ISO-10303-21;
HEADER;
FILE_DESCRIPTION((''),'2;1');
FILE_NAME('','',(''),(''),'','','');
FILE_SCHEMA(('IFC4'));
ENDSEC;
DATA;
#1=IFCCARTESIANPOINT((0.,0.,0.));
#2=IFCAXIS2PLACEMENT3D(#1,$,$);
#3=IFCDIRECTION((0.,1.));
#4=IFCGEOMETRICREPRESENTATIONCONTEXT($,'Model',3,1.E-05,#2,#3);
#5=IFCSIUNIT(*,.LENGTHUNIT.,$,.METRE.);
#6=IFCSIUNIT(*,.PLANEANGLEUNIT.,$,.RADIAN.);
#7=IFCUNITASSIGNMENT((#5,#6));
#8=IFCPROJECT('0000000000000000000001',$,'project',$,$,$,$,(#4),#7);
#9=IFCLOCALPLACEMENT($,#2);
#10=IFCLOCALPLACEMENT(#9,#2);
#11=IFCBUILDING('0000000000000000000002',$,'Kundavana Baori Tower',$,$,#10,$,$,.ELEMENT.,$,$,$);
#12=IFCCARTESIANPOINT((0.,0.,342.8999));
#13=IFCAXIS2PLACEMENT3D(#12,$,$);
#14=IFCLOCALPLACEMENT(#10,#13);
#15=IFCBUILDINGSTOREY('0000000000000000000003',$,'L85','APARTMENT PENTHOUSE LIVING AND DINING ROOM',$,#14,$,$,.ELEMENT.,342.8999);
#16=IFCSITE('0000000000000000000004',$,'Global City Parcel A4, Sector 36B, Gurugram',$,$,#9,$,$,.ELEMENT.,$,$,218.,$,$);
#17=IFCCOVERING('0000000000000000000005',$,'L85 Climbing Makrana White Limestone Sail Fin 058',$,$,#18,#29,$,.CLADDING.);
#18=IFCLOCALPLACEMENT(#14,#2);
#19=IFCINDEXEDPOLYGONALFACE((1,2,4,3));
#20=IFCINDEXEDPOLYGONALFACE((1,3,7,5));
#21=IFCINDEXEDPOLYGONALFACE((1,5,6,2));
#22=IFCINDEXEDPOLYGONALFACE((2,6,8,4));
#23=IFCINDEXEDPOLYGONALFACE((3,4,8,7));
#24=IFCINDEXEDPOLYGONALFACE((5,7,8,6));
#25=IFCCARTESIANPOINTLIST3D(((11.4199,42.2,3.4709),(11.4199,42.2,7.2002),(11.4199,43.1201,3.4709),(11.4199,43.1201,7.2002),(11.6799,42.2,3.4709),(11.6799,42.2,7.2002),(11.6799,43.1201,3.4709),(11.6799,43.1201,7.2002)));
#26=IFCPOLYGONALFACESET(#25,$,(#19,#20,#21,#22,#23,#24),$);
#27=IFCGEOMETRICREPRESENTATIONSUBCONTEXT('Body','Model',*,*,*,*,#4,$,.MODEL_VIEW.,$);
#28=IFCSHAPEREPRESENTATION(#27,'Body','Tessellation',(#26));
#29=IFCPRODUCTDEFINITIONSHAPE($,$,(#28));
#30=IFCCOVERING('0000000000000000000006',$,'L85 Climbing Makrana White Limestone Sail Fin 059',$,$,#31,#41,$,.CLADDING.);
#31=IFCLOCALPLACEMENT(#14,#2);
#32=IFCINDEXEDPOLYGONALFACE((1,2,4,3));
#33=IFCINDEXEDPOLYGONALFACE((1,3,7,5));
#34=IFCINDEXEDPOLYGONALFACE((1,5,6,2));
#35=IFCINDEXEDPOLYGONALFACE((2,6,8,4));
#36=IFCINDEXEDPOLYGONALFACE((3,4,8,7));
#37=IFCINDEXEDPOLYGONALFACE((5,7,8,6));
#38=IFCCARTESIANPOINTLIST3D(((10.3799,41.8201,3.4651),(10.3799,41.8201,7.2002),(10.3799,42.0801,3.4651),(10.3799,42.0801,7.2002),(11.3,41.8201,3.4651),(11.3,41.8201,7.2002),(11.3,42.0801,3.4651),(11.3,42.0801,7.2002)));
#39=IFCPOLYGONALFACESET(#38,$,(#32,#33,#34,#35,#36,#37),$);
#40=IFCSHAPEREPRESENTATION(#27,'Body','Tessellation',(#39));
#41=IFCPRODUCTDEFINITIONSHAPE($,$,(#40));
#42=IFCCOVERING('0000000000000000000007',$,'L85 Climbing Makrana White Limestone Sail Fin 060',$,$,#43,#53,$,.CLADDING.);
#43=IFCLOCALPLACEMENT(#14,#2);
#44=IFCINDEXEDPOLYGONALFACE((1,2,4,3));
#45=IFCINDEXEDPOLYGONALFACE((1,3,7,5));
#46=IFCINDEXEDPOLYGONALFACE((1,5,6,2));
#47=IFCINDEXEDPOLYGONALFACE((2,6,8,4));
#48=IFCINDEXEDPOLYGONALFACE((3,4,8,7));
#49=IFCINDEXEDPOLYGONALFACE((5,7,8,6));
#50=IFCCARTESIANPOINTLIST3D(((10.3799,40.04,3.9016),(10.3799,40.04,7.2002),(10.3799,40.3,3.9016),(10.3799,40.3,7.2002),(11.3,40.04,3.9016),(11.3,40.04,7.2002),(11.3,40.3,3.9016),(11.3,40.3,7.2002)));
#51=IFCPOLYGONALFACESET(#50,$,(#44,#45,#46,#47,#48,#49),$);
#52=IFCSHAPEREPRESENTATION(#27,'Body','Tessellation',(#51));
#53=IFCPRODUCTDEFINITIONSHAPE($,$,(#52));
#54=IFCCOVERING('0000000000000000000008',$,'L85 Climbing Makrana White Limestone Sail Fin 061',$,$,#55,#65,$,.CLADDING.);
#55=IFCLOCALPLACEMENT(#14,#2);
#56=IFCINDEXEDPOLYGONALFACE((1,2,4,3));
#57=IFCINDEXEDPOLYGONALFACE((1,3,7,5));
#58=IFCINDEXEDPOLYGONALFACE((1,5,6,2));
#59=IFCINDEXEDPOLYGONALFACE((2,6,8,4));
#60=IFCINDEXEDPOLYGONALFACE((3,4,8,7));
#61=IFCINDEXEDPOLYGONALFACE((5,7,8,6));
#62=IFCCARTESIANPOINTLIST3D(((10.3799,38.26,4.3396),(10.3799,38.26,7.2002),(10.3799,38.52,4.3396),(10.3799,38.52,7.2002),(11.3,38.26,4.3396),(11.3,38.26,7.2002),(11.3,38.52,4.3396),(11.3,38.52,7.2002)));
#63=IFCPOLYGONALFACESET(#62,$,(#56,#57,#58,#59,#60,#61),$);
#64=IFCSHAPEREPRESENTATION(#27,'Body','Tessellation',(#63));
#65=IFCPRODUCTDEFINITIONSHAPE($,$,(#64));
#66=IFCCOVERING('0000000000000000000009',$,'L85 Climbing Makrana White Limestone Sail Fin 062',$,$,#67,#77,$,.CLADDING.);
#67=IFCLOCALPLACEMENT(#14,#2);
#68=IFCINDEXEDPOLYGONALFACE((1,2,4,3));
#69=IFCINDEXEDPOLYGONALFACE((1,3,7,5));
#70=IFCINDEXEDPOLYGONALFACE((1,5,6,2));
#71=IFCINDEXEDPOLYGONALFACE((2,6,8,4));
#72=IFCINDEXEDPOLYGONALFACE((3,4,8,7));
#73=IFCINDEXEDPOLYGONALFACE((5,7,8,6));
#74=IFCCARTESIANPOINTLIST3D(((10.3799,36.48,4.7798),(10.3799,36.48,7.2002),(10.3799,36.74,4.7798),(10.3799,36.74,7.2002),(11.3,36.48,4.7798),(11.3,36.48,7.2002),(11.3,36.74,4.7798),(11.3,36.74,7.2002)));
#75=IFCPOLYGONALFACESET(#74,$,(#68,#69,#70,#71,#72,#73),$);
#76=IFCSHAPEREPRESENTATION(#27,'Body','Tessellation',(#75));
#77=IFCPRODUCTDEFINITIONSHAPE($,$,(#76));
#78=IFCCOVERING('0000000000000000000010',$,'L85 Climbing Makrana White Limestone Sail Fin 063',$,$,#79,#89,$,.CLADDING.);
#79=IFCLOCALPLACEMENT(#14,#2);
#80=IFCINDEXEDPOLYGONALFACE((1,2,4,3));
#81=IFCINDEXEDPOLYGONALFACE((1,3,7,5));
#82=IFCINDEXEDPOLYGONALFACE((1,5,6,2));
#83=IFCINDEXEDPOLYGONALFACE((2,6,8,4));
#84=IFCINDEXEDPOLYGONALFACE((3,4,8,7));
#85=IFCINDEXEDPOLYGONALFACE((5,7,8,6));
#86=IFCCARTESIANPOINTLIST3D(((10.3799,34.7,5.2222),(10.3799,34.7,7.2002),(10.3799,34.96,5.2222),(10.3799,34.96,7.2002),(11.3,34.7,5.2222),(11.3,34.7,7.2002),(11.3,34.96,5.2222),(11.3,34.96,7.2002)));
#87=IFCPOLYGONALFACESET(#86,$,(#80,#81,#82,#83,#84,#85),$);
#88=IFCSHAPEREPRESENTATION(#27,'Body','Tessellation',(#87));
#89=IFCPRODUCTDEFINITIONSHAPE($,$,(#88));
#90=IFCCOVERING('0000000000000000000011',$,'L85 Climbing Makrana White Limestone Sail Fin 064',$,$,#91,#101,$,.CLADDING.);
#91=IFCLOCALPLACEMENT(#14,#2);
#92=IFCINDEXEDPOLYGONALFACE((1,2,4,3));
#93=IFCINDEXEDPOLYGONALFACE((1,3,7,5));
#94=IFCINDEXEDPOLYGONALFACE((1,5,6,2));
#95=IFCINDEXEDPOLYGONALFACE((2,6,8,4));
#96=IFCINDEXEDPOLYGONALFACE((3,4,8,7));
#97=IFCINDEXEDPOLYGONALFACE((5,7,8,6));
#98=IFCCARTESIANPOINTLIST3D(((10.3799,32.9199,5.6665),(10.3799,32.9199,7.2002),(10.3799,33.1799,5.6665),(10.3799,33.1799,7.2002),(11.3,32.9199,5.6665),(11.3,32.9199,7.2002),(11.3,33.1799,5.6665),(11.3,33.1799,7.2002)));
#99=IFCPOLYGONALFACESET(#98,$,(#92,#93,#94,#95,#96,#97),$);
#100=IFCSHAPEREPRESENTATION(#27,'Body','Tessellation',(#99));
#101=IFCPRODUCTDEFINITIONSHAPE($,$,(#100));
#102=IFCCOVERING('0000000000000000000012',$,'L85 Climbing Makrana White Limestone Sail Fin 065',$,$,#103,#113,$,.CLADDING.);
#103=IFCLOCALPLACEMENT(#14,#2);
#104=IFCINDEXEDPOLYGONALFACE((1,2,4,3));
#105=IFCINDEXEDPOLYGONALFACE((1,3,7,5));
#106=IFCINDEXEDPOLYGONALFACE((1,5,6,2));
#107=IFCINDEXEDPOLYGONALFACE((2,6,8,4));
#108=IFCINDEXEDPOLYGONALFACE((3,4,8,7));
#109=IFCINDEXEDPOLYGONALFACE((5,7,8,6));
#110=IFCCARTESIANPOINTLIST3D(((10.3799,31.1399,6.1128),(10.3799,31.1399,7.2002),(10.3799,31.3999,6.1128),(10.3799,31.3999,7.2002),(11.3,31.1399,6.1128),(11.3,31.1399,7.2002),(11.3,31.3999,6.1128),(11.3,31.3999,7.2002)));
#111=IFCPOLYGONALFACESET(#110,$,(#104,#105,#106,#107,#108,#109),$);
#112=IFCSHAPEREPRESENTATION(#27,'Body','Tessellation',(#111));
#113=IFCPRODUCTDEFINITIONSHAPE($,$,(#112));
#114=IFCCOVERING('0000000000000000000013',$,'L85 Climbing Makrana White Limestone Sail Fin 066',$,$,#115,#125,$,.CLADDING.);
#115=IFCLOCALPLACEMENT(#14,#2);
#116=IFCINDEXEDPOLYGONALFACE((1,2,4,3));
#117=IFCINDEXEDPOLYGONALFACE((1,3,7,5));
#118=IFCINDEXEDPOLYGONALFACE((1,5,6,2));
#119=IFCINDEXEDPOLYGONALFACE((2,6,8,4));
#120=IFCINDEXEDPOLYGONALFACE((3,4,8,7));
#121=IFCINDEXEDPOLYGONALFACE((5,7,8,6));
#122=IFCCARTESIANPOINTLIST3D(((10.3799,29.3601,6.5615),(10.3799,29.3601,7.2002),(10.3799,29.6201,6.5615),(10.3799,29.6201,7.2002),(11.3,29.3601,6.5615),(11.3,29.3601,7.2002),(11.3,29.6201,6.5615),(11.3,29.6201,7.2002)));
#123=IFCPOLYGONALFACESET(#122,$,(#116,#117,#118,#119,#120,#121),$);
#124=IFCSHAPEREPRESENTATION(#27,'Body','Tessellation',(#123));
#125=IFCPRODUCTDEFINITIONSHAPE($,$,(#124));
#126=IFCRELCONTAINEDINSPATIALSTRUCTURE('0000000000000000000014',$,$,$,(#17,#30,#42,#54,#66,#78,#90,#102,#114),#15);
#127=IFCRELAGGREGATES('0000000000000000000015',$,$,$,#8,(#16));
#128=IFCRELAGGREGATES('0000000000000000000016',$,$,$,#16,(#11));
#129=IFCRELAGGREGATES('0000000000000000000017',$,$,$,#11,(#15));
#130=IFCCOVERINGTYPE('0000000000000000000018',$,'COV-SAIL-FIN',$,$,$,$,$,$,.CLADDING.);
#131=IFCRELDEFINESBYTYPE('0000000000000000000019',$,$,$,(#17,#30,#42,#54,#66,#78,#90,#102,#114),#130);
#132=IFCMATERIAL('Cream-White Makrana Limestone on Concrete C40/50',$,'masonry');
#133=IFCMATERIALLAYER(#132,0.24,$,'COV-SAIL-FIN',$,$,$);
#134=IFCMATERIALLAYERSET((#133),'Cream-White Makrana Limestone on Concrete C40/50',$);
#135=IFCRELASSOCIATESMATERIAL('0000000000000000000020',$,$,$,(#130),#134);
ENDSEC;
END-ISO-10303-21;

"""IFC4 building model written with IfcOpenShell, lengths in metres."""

from ifc_helpers import new_model, si_unit, direction, frame, origin, place, context, subcontext, project, spatial, polyline, outline, extrude, material, layer, layer_set, type_object, element, save


model = new_model("IFC4")

# Units and contexts
model_context = context("Model", 3, precision=1e-05, world=origin(), true_north=direction((0.0, 1.0)))
body_context = subcontext(model_context, "Body", "Model", "MODEL_VIEW")
ifc_project = project(units=[si_unit("LENGTHUNIT", "METRE"), si_unit("PLANEANGLEUNIT", "RADIAN")], contexts=[model_context])

# Site, building, storey
site_placement = place(None, origin())
site = spatial("IfcSite", under=ifc_project, at=site_placement, Name="Global City Parcel A4, Sector 36B, Gurugram", CompositionType="ELEMENT", RefElevation=218.0)
building_placement = place(site_placement, origin())
building = spatial("IfcBuilding", under=site, at=building_placement, Name="Kundavana Baori Tower", CompositionType="ELEMENT")
storey_placement = place(building_placement, frame((0.0, 0.0, 342.8999)))
storey = spatial("IfcBuildingStorey", under=building, at=storey_placement, Name="L85", Description="APARTMENT PENTHOUSE LIVING AND DINING ROOM", CompositionType="ELEMENT", Elevation=342.8999)

# Coverings
ifc_material_1 = material(Name="Cream-White Makrana Limestone on Concrete C40/50", Category="masonry")
ifc_layer_1 = layer(ifc_material_1, 0.24, Name="COV-SAIL-FIN")
ifc_layer_set_1 = layer_set([ifc_layer_1], Name="Cream-White Makrana Limestone on Concrete C40/50")
covering_type_1 = type_object("IfcCoveringType", Name="COV-SAIL-FIN", PredefinedType="CLADDING", material=ifc_layer_set_1)
covering_1_placement = place(storey_placement, frame((0.0, 0.0, 3.4709)))
element("IfcCovering", 1, at=covering_1_placement, inside=storey, type_object=covering_type_1, Name="L85 Climbing Makrana White Limestone Sail Fin 058", PredefinedType="CLADDING", context=body_context, shape_type="SweptSolid", body=[
    extrude(outline(polyline([(11.4199, 42.2), (11.6799, 42.2), (11.6799, 43.1201), (11.4199, 43.1201), (11.4199, 42.2)])), origin(), (0.0, 0.0, 1.0), 3.7292),
])
covering_2_placement = place(storey_placement, frame((0.0, 0.0, 3.4651)))
element("IfcCovering", 2, at=covering_2_placement, inside=storey, type_object=covering_type_1, Name="L85 Climbing Makrana White Limestone Sail Fin 059", PredefinedType="CLADDING", context=body_context, shape_type="SweptSolid", body=[
    extrude(outline(polyline([(10.3799, 41.8201), (11.3, 41.8201), (11.3, 42.0801), (10.3799, 42.0801), (10.3799, 41.8201)])), origin(), (0.0, 0.0, 1.0), 3.7351),
])
covering_3_placement = place(storey_placement, frame((0.0, 0.0, 3.9016)))
element("IfcCovering", 3, at=covering_3_placement, inside=storey, type_object=covering_type_1, Name="L85 Climbing Makrana White Limestone Sail Fin 060", PredefinedType="CLADDING", context=body_context, shape_type="SweptSolid", body=[
    extrude(outline(polyline([(10.3799, 40.04), (11.3, 40.04), (11.3, 40.3), (10.3799, 40.3), (10.3799, 40.04)])), origin(), (0.0, 0.0, 1.0), 3.2986),
])
covering_4_placement = place(storey_placement, frame((0.0, 0.0, 4.3396)))
element("IfcCovering", 4, at=covering_4_placement, inside=storey, type_object=covering_type_1, Name="L85 Climbing Makrana White Limestone Sail Fin 061", PredefinedType="CLADDING", context=body_context, shape_type="SweptSolid", body=[
    extrude(outline(polyline([(10.3799, 38.26), (11.3, 38.26), (11.3, 38.52), (10.3799, 38.52), (10.3799, 38.26)])), origin(), (0.0, 0.0, 1.0), 2.8606),
])
covering_5_placement = place(storey_placement, frame((0.0, 0.0, 4.7798)))
element("IfcCovering", 5, at=covering_5_placement, inside=storey, type_object=covering_type_1, Name="L85 Climbing Makrana White Limestone Sail Fin 062", PredefinedType="CLADDING", context=body_context, shape_type="SweptSolid", body=[
    extrude(outline(polyline([(10.3799, 36.48), (11.3, 36.48), (11.3, 36.74), (10.3799, 36.74), (10.3799, 36.48)])), origin(), (0.0, 0.0, 1.0), 2.4204),
])
covering_6_placement = place(storey_placement, frame((0.0, 0.0, 5.2222)))
element("IfcCovering", 6, at=covering_6_placement, inside=storey, type_object=covering_type_1, Name="L85 Climbing Makrana White Limestone Sail Fin 063", PredefinedType="CLADDING", context=body_context, shape_type="SweptSolid", body=[
    extrude(outline(polyline([(10.3799, 34.7), (11.3, 34.7), (11.3, 34.96), (10.3799, 34.96), (10.3799, 34.7)])), origin(), (0.0, 0.0, 1.0), 1.978),
])
covering_7_placement = place(storey_placement, frame((0.0, 0.0, 5.6665)))
element("IfcCovering", 7, at=covering_7_placement, inside=storey, type_object=covering_type_1, Name="L85 Climbing Makrana White Limestone Sail Fin 064", PredefinedType="CLADDING", context=body_context, shape_type="SweptSolid", body=[
    extrude(outline(polyline([(10.3799, 32.9199), (11.3, 32.9199), (11.3, 33.1799), (10.3799, 33.1799), (10.3799, 32.9199)])), origin(), (0.0, 0.0, 1.0), 1.5337),
])
covering_8_placement = place(storey_placement, frame((0.0, 0.0, 6.1128)))
element("IfcCovering", 8, at=covering_8_placement, inside=storey, type_object=covering_type_1, Name="L85 Climbing Makrana White Limestone Sail Fin 065", PredefinedType="CLADDING", context=body_context, shape_type="SweptSolid", body=[
    extrude(outline(polyline([(10.3799, 31.1399), (11.3, 31.1399), (11.3, 31.3999), (10.3799, 31.3999), (10.3799, 31.1399)])), origin(), (0.0, 0.0, 1.0), 1.0874),
])
covering_9_placement = place(storey_placement, frame((0.0, 0.0, 6.5615)))
element("IfcCovering", 9, at=covering_9_placement, inside=storey, type_object=covering_type_1, Name="L85 Climbing Makrana White Limestone Sail Fin 066", PredefinedType="CLADDING", context=body_context, shape_type="SweptSolid", body=[
    extrude(outline(polyline([(10.3799, 29.3601), (11.3, 29.3601), (11.3, 29.6201), (10.3799, 29.6201), (10.3799, 29.3601)])), origin(), (0.0, 0.0, 1.0), 0.6387),
])

save(model, "model.ifc")
